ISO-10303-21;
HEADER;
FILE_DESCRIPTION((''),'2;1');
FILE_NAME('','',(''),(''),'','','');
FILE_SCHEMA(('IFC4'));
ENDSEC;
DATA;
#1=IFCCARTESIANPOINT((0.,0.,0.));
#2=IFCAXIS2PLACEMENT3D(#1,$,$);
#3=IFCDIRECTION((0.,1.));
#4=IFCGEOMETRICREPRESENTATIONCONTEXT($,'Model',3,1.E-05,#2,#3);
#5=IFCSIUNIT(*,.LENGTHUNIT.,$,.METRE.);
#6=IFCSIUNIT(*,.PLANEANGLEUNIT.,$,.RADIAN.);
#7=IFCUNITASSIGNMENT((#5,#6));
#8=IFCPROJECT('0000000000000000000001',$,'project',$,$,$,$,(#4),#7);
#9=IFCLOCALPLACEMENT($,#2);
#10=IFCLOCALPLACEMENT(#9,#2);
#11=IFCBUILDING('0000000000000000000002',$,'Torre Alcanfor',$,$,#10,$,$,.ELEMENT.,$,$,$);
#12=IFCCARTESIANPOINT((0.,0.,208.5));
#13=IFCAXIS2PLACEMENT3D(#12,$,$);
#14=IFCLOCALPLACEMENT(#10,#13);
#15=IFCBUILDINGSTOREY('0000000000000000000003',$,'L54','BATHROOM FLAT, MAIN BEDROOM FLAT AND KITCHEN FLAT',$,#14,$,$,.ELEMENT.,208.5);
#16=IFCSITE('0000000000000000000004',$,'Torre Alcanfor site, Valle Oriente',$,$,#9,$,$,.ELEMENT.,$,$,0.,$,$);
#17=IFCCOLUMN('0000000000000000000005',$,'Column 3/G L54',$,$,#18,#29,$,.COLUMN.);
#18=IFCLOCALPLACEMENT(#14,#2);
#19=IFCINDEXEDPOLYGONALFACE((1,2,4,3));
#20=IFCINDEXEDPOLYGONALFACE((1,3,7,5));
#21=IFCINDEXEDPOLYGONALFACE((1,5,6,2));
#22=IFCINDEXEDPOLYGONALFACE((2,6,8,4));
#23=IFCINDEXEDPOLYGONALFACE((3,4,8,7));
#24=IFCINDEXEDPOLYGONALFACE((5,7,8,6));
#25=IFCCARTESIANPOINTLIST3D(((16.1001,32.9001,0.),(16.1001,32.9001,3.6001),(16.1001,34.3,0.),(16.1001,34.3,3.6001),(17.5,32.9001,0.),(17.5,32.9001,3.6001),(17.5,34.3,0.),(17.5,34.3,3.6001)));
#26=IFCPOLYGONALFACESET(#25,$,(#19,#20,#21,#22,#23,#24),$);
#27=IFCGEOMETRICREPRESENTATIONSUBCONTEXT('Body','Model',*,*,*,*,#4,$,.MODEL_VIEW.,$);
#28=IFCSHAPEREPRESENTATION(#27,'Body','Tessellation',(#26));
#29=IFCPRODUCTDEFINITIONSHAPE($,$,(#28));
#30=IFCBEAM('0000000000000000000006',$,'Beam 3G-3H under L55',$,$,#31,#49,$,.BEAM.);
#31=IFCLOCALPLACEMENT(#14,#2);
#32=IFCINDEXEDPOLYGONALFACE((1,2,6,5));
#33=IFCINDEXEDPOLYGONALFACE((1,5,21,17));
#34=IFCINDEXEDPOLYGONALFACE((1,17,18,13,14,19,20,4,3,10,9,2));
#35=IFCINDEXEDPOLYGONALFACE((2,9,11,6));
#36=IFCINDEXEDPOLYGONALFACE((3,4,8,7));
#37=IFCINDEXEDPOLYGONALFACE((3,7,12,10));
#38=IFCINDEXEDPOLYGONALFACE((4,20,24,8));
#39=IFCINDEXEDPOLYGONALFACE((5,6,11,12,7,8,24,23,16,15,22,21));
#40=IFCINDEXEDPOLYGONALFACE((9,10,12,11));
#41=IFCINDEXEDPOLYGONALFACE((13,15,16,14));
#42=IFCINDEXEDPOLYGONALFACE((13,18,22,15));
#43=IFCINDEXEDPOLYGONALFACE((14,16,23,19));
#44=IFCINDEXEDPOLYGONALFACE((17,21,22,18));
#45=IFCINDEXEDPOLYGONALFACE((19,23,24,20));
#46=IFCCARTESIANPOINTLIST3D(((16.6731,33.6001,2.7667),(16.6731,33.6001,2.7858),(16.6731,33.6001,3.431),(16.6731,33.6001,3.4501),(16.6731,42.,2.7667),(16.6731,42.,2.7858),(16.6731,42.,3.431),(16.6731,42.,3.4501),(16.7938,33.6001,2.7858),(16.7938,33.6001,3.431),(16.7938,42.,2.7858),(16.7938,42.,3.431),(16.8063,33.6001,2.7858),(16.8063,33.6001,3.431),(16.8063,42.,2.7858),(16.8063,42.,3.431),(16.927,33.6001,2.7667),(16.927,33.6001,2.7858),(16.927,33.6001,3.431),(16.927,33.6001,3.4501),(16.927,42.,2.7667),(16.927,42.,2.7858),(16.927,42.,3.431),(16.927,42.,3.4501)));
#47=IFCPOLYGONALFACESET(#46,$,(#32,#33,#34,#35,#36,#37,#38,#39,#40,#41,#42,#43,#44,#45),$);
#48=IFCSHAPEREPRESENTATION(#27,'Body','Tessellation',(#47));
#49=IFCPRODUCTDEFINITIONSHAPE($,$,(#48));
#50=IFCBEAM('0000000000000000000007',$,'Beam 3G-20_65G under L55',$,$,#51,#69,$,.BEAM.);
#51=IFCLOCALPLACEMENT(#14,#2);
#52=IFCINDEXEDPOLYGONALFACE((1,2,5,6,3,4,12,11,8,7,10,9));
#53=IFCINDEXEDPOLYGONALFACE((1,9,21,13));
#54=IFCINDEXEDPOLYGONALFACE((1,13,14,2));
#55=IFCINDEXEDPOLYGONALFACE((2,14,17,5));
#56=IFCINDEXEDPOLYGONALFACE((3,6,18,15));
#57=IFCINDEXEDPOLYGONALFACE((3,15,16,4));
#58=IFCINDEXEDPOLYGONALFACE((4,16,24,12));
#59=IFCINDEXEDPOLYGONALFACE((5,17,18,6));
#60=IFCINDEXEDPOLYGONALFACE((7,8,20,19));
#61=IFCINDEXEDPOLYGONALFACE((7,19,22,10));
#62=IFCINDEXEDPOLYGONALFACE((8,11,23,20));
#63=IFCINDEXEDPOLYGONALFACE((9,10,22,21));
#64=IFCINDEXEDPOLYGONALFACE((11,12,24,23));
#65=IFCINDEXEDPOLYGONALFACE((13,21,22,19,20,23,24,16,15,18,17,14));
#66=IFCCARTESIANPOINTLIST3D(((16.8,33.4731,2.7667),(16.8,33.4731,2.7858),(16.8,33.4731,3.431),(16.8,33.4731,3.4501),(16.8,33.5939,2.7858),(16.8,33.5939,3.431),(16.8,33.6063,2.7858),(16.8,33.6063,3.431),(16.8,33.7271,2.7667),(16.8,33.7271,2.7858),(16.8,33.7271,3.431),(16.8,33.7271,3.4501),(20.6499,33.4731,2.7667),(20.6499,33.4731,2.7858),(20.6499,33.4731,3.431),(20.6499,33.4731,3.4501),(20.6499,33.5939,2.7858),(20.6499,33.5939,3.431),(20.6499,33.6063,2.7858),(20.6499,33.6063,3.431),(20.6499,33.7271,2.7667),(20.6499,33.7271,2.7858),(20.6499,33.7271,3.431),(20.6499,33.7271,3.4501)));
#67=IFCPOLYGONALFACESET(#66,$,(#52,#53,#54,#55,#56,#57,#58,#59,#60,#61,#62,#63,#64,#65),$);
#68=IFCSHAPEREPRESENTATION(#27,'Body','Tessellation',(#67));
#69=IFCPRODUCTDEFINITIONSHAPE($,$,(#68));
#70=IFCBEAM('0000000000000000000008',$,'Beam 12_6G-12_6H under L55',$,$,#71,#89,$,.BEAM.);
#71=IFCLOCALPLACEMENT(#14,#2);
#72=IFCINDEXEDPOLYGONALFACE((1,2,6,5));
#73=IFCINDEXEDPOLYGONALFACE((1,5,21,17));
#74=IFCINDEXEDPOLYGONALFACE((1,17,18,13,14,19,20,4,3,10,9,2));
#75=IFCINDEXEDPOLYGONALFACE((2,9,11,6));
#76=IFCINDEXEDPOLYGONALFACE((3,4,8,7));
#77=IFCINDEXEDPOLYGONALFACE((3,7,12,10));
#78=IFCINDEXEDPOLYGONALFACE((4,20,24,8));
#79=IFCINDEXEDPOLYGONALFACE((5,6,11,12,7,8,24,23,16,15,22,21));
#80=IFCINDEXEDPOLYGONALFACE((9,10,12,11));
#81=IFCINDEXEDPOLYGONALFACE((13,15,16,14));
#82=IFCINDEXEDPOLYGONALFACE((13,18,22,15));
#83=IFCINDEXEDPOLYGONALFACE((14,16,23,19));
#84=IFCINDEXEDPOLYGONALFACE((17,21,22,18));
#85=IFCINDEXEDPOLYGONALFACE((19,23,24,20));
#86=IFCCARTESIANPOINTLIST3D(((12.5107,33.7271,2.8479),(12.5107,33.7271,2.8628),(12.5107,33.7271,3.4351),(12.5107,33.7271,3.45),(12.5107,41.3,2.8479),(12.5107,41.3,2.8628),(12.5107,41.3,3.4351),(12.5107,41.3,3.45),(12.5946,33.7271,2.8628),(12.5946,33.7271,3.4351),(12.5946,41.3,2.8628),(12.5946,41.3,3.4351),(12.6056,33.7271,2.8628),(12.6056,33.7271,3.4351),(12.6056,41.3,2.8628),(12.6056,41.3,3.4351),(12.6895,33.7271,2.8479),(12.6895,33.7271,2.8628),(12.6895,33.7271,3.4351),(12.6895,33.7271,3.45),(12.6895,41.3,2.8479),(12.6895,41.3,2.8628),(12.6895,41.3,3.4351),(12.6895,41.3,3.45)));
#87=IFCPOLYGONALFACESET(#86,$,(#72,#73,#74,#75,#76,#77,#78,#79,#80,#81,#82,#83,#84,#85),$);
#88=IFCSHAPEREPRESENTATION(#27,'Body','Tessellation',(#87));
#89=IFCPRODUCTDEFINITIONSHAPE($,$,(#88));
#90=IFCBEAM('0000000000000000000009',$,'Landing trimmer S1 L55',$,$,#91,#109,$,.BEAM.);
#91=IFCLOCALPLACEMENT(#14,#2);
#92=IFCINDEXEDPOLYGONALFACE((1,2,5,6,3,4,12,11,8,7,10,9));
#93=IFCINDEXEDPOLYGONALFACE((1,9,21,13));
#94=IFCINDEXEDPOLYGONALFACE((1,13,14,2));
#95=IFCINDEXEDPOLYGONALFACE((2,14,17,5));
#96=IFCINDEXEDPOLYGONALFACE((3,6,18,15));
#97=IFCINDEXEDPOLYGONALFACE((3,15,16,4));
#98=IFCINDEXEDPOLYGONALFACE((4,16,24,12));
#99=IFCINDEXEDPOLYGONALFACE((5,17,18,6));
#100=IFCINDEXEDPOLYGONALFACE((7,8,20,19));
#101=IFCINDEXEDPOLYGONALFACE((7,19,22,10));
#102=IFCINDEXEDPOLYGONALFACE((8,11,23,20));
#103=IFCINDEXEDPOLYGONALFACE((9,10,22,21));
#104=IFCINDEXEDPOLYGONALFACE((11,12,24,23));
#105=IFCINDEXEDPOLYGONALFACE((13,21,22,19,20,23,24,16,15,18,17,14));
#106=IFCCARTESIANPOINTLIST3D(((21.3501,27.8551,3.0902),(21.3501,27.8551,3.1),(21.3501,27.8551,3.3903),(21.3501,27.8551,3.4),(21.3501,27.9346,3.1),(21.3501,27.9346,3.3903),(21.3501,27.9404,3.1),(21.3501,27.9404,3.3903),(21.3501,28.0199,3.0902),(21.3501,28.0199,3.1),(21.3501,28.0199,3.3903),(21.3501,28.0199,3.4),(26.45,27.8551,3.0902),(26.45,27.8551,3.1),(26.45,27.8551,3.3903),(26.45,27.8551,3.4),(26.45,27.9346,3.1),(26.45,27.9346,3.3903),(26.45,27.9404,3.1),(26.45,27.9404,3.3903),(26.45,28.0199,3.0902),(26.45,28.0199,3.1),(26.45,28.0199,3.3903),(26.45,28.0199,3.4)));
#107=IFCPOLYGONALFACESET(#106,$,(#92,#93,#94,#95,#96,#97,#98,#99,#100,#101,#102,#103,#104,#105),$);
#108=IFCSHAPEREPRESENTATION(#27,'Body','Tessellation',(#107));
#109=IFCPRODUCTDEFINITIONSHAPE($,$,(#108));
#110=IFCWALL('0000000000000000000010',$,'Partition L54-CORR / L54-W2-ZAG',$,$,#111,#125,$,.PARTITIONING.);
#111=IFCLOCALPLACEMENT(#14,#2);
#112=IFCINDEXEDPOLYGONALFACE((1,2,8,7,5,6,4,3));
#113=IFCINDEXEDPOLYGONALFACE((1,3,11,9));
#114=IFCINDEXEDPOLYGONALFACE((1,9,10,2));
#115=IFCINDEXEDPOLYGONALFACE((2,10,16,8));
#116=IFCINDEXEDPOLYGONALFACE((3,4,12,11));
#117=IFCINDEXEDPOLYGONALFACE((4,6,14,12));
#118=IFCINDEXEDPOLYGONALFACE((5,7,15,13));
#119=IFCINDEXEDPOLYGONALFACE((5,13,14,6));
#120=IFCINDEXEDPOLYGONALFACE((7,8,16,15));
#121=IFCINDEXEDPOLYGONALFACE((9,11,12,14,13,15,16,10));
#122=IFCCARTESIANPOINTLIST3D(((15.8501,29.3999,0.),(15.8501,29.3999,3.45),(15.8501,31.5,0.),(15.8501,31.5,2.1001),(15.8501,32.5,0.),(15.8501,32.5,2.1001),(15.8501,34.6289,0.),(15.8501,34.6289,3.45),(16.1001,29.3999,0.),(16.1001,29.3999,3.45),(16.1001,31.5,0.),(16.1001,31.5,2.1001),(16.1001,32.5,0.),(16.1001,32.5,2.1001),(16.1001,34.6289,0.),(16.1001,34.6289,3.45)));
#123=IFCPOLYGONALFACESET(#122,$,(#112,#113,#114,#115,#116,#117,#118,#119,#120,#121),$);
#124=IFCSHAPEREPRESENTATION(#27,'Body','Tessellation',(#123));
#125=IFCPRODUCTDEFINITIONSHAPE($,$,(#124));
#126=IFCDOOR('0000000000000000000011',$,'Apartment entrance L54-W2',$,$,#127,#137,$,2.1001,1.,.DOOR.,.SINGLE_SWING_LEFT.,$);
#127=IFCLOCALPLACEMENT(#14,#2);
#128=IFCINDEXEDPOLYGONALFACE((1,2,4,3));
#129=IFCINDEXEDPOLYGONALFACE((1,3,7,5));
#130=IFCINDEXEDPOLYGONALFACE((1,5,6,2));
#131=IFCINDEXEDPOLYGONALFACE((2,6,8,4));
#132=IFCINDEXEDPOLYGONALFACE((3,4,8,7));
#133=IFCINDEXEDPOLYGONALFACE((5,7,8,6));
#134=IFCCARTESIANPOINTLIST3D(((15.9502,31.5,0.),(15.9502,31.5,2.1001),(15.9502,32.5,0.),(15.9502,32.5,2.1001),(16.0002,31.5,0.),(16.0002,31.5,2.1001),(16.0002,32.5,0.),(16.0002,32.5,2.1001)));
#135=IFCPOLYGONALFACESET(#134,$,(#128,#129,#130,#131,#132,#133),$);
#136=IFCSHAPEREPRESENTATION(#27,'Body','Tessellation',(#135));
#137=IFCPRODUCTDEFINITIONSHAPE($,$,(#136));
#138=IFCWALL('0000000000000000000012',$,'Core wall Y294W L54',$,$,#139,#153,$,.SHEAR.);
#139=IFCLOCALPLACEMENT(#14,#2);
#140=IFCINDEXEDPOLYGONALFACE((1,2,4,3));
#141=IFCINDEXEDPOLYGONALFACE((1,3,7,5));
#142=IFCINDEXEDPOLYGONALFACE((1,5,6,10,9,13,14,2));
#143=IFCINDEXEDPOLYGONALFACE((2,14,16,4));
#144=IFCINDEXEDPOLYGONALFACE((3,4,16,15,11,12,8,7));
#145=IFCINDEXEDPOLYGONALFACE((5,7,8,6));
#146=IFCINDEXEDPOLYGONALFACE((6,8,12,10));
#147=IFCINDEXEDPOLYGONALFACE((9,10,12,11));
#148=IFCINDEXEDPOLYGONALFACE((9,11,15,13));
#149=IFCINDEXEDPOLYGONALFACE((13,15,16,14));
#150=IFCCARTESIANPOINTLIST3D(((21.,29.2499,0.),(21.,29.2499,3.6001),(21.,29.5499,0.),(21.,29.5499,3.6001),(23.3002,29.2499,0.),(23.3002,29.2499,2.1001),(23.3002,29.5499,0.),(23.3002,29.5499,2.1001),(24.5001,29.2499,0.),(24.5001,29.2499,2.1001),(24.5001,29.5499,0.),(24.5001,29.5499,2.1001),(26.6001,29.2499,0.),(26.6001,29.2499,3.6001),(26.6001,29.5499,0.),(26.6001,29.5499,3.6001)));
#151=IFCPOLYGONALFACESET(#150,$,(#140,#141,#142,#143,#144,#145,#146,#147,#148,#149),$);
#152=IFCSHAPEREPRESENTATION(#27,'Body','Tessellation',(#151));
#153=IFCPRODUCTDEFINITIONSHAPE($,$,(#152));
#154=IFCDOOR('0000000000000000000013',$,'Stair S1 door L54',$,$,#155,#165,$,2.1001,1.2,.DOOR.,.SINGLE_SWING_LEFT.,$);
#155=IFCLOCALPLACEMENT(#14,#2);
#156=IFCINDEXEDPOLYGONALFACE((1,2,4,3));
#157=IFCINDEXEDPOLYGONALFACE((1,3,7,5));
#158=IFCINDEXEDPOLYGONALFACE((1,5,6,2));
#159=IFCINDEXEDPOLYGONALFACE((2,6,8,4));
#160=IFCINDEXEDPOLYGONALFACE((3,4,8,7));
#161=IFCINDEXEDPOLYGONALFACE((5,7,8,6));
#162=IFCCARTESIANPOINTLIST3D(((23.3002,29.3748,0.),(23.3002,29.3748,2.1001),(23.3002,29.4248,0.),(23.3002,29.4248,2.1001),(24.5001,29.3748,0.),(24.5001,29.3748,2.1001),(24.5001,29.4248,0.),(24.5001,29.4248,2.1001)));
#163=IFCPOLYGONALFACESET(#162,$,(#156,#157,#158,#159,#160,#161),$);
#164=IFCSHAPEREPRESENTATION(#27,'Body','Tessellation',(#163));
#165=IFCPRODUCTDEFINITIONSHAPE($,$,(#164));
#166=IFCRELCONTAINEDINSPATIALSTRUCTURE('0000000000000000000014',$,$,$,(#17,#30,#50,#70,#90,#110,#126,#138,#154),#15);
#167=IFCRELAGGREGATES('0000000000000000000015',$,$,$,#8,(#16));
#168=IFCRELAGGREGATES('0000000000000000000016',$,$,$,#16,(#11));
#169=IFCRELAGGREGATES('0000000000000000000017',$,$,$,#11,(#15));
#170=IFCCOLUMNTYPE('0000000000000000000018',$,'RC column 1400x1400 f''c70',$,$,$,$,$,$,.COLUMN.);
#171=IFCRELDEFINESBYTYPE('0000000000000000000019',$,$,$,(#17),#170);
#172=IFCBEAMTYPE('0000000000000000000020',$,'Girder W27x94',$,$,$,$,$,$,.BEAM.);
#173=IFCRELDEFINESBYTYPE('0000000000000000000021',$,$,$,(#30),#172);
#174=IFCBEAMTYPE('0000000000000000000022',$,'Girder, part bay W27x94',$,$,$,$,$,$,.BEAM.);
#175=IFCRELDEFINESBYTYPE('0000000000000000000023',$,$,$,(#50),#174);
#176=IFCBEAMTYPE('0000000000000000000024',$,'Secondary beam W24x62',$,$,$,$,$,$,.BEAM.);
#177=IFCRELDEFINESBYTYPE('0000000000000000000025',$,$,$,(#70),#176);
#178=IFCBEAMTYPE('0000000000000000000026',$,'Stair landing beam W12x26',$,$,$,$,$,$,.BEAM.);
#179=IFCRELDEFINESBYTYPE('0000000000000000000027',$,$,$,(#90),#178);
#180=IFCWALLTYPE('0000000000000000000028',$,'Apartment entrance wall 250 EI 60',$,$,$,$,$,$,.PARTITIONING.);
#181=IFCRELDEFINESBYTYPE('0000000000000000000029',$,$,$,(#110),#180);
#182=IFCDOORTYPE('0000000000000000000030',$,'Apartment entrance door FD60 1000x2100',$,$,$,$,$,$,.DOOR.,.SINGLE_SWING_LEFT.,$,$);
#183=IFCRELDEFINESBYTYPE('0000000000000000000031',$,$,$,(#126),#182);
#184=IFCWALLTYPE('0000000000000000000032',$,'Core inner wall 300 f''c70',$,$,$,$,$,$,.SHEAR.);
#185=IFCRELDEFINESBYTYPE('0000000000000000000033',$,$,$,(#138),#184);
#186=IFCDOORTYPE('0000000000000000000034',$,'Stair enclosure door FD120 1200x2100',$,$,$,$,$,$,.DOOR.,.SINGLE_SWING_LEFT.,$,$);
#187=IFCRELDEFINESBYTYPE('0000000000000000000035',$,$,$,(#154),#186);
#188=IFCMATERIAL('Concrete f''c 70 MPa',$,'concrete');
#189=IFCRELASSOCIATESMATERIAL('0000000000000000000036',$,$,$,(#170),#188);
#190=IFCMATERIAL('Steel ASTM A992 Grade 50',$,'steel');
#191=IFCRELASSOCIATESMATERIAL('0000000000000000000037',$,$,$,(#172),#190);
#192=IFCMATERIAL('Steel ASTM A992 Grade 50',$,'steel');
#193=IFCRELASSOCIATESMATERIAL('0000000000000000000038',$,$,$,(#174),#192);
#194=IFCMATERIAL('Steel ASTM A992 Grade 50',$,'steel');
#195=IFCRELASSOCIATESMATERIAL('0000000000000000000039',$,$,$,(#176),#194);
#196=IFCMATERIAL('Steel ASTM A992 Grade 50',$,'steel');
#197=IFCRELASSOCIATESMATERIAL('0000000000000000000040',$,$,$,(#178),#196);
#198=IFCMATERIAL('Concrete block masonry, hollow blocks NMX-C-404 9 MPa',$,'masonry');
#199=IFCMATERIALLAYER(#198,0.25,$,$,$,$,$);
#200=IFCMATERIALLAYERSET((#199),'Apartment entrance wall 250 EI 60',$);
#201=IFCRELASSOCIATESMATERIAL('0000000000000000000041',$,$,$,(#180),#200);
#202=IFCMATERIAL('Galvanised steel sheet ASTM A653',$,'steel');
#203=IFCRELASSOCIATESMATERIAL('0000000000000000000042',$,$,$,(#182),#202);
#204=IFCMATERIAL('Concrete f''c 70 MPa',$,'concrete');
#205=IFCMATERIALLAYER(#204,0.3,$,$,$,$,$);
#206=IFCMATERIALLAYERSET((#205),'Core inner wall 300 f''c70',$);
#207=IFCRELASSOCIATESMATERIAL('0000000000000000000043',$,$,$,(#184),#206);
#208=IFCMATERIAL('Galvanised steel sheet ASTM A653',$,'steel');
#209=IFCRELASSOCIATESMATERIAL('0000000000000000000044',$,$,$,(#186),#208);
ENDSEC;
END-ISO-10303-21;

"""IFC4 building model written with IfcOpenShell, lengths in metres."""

from ifc_helpers import new_model, si_unit, direction, frame, frame_2d, origin, origin_2d, place, context, subcontext, project, spatial, rectangle, i_section, extrude, material, layer, layer_set, material_profile, profile_set, type_object, element, fill, save


model = new_model("IFC4")

# Units and contexts
model_context = context("Model", 3, precision=1e-05, world=origin(), true_north=direction((0.0, 1.0)))
body_context = subcontext(model_context, "Body", "Model", "MODEL_VIEW")
ifc_project = project(units=[si_unit("LENGTHUNIT", "METRE"), si_unit("PLANEANGLEUNIT", "RADIAN")], contexts=[model_context])

# Site, building, storey
site_placement = place(None, origin())
site = spatial("IfcSite", under=ifc_project, at=site_placement, Name="Torre Alcanfor site, Valle Oriente", CompositionType="ELEMENT", RefElevation=0.0)
building_placement = place(site_placement, origin())
building = spatial("IfcBuilding", under=site, at=building_placement, Name="Torre Alcanfor", CompositionType="ELEMENT")
storey_placement = place(building_placement, frame((0.0, 0.0, 208.5)))
storey = spatial("IfcBuildingStorey", under=building, at=storey_placement, Name="L54", Description="BATHROOM FLAT, MAIN BEDROOM FLAT AND KITCHEN FLAT", CompositionType="ELEMENT", Elevation=208.5)

# Column
ifc_material_1 = material(Name="Concrete f'c 70 MPa", Category="concrete")
ifc_material_profile_1 = material_profile(ifc_material_1, rectangle(XDim=1.3999, YDim=1.3999, at=origin_2d()), Name="1400x1400")
ifc_profile_set_1 = profile_set([ifc_material_profile_1], Name="Concrete f'c 70 MPa")
column_type = type_object("IfcColumnType", Name="RC column 1400x1400 f'c70", PredefinedType="COLUMN", material=ifc_profile_set_1)
column_placement = place(storey_placement, frame((16.8, 33.6001, 0.0), z_axis=(0.0, 0.0, 1.0), x_axis=(1.0, 0.0, 0.0)))
element("IfcColumn", 1, at=column_placement, inside=storey, type_object=column_type, Name="Column 3/G L54", PredefinedType="COLUMN", context=body_context, shape_type="SweptSolid", body=[
    extrude(rectangle(XDim=1.3999, YDim=1.3999, at=origin_2d()), origin(), (0.0, 0.0, 1.0), 3.6001),
])

# Beams
ifc_material_2 = material(Name="Steel ASTM A992 Grade 50", Category="steel")
ifc_material_profile_2 = material_profile(ifc_material_2, i_section(OverallWidth=0.2539, OverallDepth=0.6833, WebThickness=0.0125, FlangeThickness=0.019, at=origin_2d()), Name="W27x94")
ifc_profile_set_2 = profile_set([ifc_material_profile_2], Name="Steel ASTM A992 Grade 50")
beam_type_1 = type_object("IfcBeamType", Name="Girder W27x94", PredefinedType="BEAM", material=ifc_profile_set_2)
beam_1_placement = place(storey_placement, frame((16.8, 33.6001, 3.1084), z_axis=(0.0, 1.0, 0.0), x_axis=(-1.0, 0.0, 0.0)))
element("IfcBeam", 2, at=beam_1_placement, inside=storey, type_object=beam_type_1, Name="Beam 3G-3H under L55", PredefinedType="BEAM", context=body_context, shape_type="SweptSolid", body=[
    extrude(i_section(OverallWidth=0.2539, OverallDepth=0.6833, WebThickness=0.0125, FlangeThickness=0.019, at=origin_2d()), origin(), (0.0, 0.0, 1.0), 8.3999),
])
ifc_material_3 = material(Name="Steel ASTM A992 Grade 50", Category="steel")
ifc_material_profile_3 = material_profile(ifc_material_3, i_section(OverallWidth=0.2539, OverallDepth=0.6833, WebThickness=0.0125, FlangeThickness=0.019, at=origin_2d()), Name="W27x94")
ifc_profile_set_3 = profile_set([ifc_material_profile_3], Name="Steel ASTM A992 Grade 50")
beam_type_2 = type_object("IfcBeamType", Name="Girder, part bay W27x94", PredefinedType="BEAM", material=ifc_profile_set_3)
beam_2_placement = place(storey_placement, frame((16.8, 33.6001, 3.1084), z_axis=(1.0, 0.0, 0.0), x_axis=(0.0, 1.0, 0.0)))
element("IfcBeam", 3, at=beam_2_placement, inside=storey, type_object=beam_type_2, Name="Beam 3G-20_65G under L55", PredefinedType="BEAM", context=body_context, shape_type="SweptSolid", body=[
    extrude(i_section(OverallWidth=0.2539, OverallDepth=0.6833, WebThickness=0.0125, FlangeThickness=0.019, at=origin_2d()), origin(), (0.0, 0.0, 1.0), 3.8499),
])
ifc_material_4 = material(Name="Steel ASTM A992 Grade 50", Category="steel")
ifc_material_profile_4 = material_profile(ifc_material_4, i_section(OverallWidth=0.1787, OverallDepth=0.6021, WebThickness=0.011, FlangeThickness=0.0149, at=origin_2d()), Name="W24x62")
ifc_profile_set_4 = profile_set([ifc_material_profile_4], Name="Steel ASTM A992 Grade 50")
beam_type_3 = type_object("IfcBeamType", Name="Secondary beam W24x62", PredefinedType="BEAM", material=ifc_profile_set_4)
beam_3_placement = place(storey_placement, frame((12.6001, 33.7271, 3.1489), z_axis=(0.0, 1.0, 0.0), x_axis=(-1.0, 0.0, 0.0)))
element("IfcBeam", 4, at=beam_3_placement, inside=storey, type_object=beam_type_3, Name="Beam 12_6G-12_6H under L55", PredefinedType="BEAM", context=body_context, shape_type="SweptSolid", body=[
    extrude(i_section(OverallWidth=0.1787, OverallDepth=0.6021, WebThickness=0.011, FlangeThickness=0.0149, at=origin_2d()), origin(), (0.0, 0.0, 1.0), 7.573),
])
ifc_material_5 = material(Name="Steel ASTM A992 Grade 50", Category="steel")
ifc_material_profile_5 = material_profile(ifc_material_5, i_section(OverallWidth=0.1648, OverallDepth=0.3098, WebThickness=0.0059, FlangeThickness=0.0098, at=origin_2d()), Name="W12x26")
ifc_profile_set_5 = profile_set([ifc_material_profile_5], Name="Steel ASTM A992 Grade 50")
beam_type_4 = type_object("IfcBeamType", Name="Stair landing beam W12x26", PredefinedType="BEAM", material=ifc_profile_set_5)
beam_4_placement = place(storey_placement, frame((21.3501, 27.9375, 3.2451), z_axis=(1.0, 0.0, 0.0), x_axis=(0.0, 1.0, 0.0)))
element("IfcBeam", 5, at=beam_4_placement, inside=storey, type_object=beam_type_4, Name="Landing trimmer S1 L55", PredefinedType="BEAM", context=body_context, shape_type="SweptSolid", body=[
    extrude(i_section(OverallWidth=0.1648, OverallDepth=0.3098, WebThickness=0.0059, FlangeThickness=0.0098, at=origin_2d()), origin(), (0.0, 0.0, 1.0), 5.0999),
])

# Walls, openings, doors
ifc_material_6 = material(Name="Concrete block masonry, hollow blocks NMX-C-404 9 MPa", Category="masonry")
ifc_layer_1 = layer(ifc_material_6, 0.25)
ifc_layer_set_1 = layer_set([ifc_layer_1], Name="Apartment entrance wall 250 EI 60")
wall_type_1 = type_object("IfcWallType", Name="Apartment entrance wall 250 EI 60", PredefinedType="PARTITIONING", material=ifc_layer_set_1)
wall_1_placement = place(storey_placement, frame((15.9751, 29.3999, 0.0), z_axis=(0.0, 0.0, 1.0), x_axis=(0.0, 1.0, 0.0)))
wall_1 = element("IfcWall", 6, at=wall_1_placement, inside=storey, type_object=wall_type_1, Name="Partition L54-CORR / L54-W2-ZAG", PredefinedType="PARTITIONING", context=body_context, shape_type="SweptSolid", body=[
    extrude(rectangle(XDim=5.229, YDim=0.25, at=frame_2d((2.6145, 0.0))), origin(), (0.0, 0.0, 1.0), 3.45),
])
opening_1_placement = place(wall_1_placement, frame((2.1001, 0.0, 0.0)))
opening_1 = element("IfcOpeningElement", 7, at=opening_1_placement, cuts=wall_1, PredefinedType="OPENING", context=body_context, shape_type="SweptSolid", body=[
    extrude(rectangle(XDim=1.0, YDim=2.1001, at=frame_2d((0.5, 1.05))), frame((0.0, 0.135, 0.0), z_axis=(0.0, -1.0, 0.0), x_axis=(1.0, 0.0, 0.0)), (0.0, 0.0, 1.0), 0.27),
])
ifc_material_7 = material(Name="Galvanised steel sheet ASTM A653", Category="steel")
door_type_1 = type_object("IfcDoorType", Name="Apartment entrance door FD60 1000x2100", OperationType="SINGLE_SWING_LEFT", PredefinedType="DOOR", material=ifc_material_7)
door_1_placement = place(opening_1_placement, origin())
door_1 = element("IfcDoor", 8, at=door_1_placement, inside=storey, type_object=door_type_1, Name="Apartment entrance L54-W2", OperationType="SINGLE_SWING_LEFT", OverallHeight=2.1001, OverallWidth=1.0, PredefinedType="DOOR", context=body_context, shape_type="SweptSolid", body=[
    extrude(rectangle(XDim=1.0, YDim=2.1001, at=frame_2d((0.5, 1.05))), frame((0.0, 0.0249, 0.0), z_axis=(0.0, -1.0, 0.0), x_axis=(1.0, 0.0, 0.0)), (0.0, 0.0, 1.0), 0.05),
])
fill(opening_1, door_1)
ifc_material_8 = material(Name="Concrete f'c 70 MPa", Category="concrete")
ifc_layer_2 = layer(ifc_material_8, 0.3)
ifc_layer_set_2 = layer_set([ifc_layer_2], Name="Core inner wall 300 f'c70")
wall_type_2 = type_object("IfcWallType", Name="Core inner wall 300 f'c70", PredefinedType="SHEAR", material=ifc_layer_set_2)
wall_2_placement = place(storey_placement, frame((21.0, 29.3999, 0.0), z_axis=(0.0, 0.0, 1.0), x_axis=(1.0, 0.0, 0.0)))
wall_2 = element("IfcWall", 9, at=wall_2_placement, inside=storey, type_object=wall_type_2, Name="Core wall Y294W L54", PredefinedType="SHEAR", context=body_context, shape_type="SweptSolid", body=[
    extrude(rectangle(XDim=5.6001, YDim=0.3, at=frame_2d((2.8, 0.0))), origin(), (0.0, 0.0, 1.0), 3.6001),
])
opening_2_placement = place(wall_2_placement, frame((2.3, 0.0, 0.0)))
opening_2 = element("IfcOpeningElement", 10, at=opening_2_placement, cuts=wall_2, PredefinedType="OPENING", context=body_context, shape_type="SweptSolid", body=[
    extrude(rectangle(XDim=1.2, YDim=2.1001, at=frame_2d((0.6001, 1.05))), frame((0.0, 0.1599, 0.0), z_axis=(0.0, -1.0, 0.0), x_axis=(1.0, 0.0, 0.0)), (0.0, 0.0, 1.0), 0.3201),
])
ifc_material_9 = material(Name="Galvanised steel sheet ASTM A653", Category="steel")
door_type_2 = type_object("IfcDoorType", Name="Stair enclosure door FD120 1200x2100", OperationType="SINGLE_SWING_LEFT", PredefinedType="DOOR", material=ifc_material_9)
door_2_placement = place(opening_2_placement, frame((1.2, 0.0, 0.0), z_axis=(0.0, 0.0, 1.0), x_axis=(-1.0, 0.0, 0.0)))
door_2 = element("IfcDoor", 11, at=door_2_placement, inside=storey, type_object=door_type_2, Name="Stair S1 door L54", OperationType="SINGLE_SWING_LEFT", OverallHeight=2.1001, OverallWidth=1.2, PredefinedType="DOOR", context=body_context, shape_type="SweptSolid", body=[
    extrude(rectangle(XDim=1.2, YDim=2.1001, at=frame_2d((0.5999, 1.05))), frame((0.0, 0.0251, 0.0), z_axis=(0.0, -1.0, 0.0), x_axis=(1.0, 0.0, 0.0)), (0.0, 0.0, 1.0), 0.05),
])
fill(opening_2, door_2)

save(model, "model.ifc")
